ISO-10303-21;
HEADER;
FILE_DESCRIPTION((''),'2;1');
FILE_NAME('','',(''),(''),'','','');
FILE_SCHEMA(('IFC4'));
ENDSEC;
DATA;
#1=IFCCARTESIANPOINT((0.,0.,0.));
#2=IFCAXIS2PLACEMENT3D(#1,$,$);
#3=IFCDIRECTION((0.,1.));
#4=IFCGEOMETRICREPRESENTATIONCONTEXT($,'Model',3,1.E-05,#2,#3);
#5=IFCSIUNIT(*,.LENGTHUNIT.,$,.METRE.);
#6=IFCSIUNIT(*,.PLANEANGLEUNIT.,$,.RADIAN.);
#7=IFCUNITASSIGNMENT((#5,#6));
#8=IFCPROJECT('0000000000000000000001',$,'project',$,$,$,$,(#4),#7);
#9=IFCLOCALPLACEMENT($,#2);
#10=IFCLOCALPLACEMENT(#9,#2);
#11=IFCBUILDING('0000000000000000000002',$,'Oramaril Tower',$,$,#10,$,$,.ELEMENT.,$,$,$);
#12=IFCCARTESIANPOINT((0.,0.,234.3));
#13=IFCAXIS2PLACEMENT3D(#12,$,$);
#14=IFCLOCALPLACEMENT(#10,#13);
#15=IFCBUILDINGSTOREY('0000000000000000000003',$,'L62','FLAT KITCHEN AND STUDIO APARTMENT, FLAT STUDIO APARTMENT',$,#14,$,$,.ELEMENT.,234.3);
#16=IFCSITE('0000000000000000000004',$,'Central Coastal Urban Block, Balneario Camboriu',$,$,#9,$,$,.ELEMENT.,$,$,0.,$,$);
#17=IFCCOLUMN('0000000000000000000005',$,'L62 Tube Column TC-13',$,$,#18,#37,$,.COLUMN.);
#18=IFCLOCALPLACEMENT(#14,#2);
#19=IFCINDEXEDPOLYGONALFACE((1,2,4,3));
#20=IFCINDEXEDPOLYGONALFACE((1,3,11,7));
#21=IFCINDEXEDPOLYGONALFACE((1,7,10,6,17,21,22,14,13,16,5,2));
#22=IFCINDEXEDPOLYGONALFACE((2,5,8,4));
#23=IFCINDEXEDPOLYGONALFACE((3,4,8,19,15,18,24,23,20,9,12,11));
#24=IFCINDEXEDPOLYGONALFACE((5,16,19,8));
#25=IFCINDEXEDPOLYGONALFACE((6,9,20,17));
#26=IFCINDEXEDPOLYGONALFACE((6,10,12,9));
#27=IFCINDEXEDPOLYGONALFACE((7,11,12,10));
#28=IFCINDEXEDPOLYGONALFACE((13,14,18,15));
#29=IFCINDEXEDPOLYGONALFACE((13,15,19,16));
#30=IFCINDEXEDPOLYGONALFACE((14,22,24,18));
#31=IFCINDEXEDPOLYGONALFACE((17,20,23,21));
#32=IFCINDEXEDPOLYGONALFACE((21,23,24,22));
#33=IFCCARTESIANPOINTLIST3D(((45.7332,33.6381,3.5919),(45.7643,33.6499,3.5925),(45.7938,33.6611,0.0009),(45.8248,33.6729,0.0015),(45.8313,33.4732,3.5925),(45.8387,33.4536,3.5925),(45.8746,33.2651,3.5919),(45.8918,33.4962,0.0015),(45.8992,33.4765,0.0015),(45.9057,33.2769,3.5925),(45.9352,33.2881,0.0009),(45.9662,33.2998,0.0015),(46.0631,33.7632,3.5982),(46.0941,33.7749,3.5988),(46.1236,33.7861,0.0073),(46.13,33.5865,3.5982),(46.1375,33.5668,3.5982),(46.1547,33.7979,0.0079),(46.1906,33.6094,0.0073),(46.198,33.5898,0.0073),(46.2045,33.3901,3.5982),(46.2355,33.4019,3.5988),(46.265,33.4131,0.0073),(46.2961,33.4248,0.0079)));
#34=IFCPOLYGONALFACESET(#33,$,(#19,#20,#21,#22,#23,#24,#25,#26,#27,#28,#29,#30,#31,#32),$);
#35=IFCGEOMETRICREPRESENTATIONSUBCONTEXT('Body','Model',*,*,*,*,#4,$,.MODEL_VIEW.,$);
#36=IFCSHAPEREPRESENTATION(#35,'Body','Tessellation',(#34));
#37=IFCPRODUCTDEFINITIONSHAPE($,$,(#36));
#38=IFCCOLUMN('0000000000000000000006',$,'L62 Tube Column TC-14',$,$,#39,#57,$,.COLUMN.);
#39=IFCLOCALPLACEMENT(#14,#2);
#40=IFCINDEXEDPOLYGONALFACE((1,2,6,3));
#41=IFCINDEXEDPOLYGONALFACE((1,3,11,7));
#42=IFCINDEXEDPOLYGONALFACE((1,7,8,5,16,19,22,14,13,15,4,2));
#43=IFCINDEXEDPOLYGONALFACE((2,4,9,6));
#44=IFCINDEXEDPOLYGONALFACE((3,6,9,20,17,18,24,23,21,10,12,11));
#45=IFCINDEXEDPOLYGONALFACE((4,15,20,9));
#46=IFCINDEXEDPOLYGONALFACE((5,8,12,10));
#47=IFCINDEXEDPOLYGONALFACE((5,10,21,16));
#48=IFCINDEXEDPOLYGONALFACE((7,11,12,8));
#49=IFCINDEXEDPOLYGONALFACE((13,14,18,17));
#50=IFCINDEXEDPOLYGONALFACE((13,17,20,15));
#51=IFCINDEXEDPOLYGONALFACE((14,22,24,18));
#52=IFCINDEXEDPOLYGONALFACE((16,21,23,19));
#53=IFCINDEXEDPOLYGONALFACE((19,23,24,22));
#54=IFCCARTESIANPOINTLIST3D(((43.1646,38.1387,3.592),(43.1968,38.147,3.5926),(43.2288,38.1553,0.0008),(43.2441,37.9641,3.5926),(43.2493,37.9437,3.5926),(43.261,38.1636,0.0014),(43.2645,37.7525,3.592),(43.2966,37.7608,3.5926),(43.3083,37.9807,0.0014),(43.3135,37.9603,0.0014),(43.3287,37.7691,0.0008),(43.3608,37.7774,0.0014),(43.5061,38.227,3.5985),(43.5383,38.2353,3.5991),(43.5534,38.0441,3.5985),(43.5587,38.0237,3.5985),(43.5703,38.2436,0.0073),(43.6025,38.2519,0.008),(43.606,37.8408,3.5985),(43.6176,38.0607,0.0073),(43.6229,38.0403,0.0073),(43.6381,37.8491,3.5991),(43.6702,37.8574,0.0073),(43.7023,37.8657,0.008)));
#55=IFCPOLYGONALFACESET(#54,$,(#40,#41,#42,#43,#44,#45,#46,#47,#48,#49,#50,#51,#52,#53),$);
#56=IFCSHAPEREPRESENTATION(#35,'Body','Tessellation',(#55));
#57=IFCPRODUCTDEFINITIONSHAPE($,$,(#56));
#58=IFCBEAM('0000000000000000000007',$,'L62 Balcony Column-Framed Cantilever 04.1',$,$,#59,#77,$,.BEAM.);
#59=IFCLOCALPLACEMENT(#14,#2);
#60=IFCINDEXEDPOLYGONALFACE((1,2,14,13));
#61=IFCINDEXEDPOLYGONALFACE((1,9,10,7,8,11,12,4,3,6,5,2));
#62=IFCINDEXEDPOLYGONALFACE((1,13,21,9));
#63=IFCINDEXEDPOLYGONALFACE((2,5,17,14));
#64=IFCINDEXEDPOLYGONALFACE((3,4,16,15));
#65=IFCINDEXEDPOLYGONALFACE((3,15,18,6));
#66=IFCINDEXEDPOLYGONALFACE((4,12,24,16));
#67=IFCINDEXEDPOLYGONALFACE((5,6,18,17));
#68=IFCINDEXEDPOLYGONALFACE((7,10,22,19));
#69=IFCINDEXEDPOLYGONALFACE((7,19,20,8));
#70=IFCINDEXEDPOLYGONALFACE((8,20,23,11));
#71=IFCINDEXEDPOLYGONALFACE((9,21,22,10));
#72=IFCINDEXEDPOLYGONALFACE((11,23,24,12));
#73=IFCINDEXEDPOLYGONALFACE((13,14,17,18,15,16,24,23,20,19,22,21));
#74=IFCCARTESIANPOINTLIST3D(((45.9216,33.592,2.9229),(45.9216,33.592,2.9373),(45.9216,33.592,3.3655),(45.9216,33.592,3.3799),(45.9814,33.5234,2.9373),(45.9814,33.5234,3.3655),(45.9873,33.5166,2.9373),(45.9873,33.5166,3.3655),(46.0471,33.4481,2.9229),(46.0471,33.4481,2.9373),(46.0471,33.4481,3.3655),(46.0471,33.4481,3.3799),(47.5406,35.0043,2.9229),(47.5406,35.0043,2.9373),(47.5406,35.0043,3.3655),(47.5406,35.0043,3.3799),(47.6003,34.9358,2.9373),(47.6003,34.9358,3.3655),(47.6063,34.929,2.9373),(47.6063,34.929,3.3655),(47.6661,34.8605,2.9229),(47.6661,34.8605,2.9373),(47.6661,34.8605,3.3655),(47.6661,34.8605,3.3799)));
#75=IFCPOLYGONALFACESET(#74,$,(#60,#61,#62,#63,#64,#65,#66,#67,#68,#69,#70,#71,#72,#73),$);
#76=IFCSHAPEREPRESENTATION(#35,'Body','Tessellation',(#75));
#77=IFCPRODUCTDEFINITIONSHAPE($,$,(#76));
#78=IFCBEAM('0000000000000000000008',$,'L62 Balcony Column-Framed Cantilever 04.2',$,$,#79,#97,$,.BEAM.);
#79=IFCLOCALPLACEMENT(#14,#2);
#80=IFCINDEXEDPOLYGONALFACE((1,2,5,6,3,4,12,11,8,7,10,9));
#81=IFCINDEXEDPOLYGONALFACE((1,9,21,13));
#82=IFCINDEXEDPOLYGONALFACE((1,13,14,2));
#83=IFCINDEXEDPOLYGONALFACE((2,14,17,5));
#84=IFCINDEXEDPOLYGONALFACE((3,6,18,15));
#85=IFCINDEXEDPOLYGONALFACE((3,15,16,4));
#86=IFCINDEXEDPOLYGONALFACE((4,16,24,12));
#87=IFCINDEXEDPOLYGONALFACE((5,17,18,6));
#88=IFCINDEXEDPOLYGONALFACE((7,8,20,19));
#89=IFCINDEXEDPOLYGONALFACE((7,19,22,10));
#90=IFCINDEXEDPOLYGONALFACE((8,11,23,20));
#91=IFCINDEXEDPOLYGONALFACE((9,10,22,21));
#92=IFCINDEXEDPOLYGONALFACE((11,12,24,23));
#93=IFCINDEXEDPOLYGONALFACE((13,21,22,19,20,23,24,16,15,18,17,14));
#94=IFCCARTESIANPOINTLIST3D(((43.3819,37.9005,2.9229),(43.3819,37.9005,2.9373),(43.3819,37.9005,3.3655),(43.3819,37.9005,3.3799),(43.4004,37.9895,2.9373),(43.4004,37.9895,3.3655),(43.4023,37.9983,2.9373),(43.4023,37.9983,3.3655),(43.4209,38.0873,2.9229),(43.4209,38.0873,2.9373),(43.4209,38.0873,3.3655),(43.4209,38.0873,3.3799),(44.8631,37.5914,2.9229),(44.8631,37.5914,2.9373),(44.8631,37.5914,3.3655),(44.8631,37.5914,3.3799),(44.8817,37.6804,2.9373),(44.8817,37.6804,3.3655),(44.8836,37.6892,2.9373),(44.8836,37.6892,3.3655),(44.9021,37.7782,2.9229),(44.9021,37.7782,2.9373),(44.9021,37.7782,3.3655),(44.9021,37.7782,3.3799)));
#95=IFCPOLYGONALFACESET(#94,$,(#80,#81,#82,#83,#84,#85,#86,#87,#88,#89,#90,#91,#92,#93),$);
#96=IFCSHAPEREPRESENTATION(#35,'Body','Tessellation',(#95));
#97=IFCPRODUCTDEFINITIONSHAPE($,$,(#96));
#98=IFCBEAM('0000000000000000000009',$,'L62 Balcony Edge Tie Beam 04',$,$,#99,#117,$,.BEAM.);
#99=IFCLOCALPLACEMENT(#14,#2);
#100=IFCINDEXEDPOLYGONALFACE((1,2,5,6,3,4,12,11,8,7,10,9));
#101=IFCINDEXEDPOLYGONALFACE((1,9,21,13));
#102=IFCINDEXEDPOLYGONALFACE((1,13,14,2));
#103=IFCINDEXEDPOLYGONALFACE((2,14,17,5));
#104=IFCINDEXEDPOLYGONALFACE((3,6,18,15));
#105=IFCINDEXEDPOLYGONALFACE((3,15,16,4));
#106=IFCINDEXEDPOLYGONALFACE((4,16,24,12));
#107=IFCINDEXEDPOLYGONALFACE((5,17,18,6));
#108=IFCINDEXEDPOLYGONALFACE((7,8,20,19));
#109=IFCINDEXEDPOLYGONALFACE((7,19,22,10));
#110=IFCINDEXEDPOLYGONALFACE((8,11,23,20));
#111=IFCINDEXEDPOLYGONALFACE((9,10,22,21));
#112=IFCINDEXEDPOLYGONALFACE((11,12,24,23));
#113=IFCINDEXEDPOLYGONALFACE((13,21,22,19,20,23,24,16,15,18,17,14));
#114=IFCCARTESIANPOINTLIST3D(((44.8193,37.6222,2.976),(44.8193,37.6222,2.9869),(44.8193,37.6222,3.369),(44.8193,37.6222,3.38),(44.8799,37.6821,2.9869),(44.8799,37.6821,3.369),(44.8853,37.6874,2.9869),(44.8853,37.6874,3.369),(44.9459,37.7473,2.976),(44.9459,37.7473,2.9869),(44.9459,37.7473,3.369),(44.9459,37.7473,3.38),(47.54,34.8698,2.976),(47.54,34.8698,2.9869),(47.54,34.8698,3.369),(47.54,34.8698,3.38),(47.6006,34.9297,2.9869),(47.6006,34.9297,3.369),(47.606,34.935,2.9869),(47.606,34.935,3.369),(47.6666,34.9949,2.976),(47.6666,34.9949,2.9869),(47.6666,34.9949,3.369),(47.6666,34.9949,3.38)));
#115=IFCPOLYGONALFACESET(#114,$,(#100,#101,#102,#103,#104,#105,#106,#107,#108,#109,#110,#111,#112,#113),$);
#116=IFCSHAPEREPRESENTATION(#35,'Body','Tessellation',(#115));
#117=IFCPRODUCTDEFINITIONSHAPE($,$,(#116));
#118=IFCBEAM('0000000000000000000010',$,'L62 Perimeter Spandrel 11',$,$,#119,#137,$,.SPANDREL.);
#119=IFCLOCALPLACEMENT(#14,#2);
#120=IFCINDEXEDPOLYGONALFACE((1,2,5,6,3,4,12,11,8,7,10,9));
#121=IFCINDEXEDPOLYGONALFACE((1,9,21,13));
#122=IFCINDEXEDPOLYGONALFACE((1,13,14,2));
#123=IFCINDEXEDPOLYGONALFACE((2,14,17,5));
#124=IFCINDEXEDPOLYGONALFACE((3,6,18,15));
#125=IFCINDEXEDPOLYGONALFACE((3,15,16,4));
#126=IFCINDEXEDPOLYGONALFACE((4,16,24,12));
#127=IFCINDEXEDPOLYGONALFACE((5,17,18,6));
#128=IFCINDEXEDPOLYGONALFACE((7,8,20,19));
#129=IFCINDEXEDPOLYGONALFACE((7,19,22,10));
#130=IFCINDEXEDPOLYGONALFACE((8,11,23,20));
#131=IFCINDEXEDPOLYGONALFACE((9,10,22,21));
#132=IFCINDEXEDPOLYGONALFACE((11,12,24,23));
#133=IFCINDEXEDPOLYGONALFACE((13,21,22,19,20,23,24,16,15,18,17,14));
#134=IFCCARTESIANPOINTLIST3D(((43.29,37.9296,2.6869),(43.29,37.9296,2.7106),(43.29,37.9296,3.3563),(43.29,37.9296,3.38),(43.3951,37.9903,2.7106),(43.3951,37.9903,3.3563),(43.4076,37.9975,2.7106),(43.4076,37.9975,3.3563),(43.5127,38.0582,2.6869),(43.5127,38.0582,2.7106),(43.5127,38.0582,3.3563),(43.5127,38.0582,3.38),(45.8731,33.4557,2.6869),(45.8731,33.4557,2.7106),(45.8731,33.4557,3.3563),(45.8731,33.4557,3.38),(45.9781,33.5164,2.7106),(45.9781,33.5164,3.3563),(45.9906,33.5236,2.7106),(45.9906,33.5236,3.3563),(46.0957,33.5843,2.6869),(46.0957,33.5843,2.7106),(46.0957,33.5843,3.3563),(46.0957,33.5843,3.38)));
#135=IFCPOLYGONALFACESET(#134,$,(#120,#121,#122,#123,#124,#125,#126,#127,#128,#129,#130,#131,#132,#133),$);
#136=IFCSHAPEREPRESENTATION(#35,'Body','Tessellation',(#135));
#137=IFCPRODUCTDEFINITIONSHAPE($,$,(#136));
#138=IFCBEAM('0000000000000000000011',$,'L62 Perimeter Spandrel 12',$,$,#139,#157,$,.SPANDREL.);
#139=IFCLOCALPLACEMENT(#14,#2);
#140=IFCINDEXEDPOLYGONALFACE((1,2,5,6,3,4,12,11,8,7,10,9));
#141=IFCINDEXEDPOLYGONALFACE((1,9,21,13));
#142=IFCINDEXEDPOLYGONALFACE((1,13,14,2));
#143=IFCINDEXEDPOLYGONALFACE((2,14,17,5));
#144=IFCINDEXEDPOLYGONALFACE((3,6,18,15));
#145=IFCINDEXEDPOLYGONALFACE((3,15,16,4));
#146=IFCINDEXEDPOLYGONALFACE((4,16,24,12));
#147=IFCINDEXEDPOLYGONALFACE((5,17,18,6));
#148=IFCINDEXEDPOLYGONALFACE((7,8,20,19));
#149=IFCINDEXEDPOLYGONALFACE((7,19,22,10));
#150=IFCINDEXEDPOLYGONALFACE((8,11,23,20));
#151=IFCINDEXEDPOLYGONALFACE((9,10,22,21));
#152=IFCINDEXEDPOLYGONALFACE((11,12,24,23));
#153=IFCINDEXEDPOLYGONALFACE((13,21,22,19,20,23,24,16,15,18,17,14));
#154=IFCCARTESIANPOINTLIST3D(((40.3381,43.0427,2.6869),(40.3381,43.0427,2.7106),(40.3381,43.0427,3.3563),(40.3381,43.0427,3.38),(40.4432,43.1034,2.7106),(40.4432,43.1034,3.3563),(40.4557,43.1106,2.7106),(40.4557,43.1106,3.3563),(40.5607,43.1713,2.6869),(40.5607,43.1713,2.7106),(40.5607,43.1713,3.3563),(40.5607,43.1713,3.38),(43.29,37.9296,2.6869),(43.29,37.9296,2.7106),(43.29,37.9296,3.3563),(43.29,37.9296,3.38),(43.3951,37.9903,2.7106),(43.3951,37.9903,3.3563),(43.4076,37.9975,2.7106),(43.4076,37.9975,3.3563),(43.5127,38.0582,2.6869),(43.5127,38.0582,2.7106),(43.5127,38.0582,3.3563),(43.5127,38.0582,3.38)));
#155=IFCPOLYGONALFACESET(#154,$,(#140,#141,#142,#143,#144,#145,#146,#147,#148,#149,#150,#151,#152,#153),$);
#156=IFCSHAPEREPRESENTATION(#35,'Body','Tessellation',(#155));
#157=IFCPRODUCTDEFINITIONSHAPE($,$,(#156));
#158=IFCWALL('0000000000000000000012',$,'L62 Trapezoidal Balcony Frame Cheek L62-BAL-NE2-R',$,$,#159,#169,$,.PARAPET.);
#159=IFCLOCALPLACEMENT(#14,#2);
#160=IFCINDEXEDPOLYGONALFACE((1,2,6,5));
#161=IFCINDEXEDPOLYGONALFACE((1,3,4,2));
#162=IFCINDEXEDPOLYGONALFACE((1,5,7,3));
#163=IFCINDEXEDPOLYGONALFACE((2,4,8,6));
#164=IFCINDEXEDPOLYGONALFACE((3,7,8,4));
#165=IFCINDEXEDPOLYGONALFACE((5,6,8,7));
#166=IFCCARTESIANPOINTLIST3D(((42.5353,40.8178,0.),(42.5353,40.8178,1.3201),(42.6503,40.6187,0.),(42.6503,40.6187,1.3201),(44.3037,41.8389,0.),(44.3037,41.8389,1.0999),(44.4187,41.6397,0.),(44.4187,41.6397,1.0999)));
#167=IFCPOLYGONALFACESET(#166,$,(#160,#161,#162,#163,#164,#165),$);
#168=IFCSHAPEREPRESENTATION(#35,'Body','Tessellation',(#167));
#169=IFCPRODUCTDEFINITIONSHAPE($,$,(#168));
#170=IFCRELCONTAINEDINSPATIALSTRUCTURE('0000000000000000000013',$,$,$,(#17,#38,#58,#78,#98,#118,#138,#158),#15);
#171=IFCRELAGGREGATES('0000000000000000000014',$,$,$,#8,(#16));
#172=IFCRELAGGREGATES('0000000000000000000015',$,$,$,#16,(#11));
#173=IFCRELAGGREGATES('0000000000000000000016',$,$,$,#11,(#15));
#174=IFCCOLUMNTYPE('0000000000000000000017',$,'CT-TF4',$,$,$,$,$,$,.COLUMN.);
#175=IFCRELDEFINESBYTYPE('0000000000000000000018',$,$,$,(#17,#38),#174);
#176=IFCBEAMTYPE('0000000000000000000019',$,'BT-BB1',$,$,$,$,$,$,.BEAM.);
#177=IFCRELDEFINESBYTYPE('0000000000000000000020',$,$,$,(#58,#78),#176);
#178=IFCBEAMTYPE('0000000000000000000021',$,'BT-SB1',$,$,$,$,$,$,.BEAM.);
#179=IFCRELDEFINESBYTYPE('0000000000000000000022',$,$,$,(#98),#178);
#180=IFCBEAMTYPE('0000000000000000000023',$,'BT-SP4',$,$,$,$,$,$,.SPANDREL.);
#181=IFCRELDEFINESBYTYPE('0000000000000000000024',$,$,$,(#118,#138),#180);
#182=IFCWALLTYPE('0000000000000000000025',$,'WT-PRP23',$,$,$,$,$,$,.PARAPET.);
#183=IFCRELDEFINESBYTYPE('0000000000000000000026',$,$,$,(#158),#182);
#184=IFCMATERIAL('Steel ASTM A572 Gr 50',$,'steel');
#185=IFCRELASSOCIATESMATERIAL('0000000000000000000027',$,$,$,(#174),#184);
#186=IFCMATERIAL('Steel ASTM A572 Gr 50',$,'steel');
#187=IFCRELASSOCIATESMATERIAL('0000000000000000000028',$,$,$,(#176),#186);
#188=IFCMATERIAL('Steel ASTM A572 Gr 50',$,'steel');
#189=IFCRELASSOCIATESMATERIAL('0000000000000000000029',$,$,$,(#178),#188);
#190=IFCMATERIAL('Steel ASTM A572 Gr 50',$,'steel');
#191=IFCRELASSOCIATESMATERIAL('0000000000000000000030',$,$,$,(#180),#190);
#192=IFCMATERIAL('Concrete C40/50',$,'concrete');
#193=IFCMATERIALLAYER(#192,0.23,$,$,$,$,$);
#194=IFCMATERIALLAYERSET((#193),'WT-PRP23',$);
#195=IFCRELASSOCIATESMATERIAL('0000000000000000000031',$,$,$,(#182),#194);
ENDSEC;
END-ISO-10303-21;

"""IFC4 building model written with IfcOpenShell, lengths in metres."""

from ifc_helpers import new_model, si_unit, direction, frame, origin, origin_2d, place, context, subcontext, project, spatial, polyline, i_section, outline, extrude, material, layer, layer_set, material_profile, profile_set, type_object, element, save


model = new_model("IFC4")

# Units and contexts
model_context = context("Model", 3, precision=1e-05, world=origin(), true_north=direction((0.0, 1.0)))
body_context = subcontext(model_context, "Body", "Model", "MODEL_VIEW")
ifc_project = project(units=[si_unit("LENGTHUNIT", "METRE"), si_unit("PLANEANGLEUNIT", "RADIAN")], contexts=[model_context])

# Site, building, storey
site_placement = place(None, origin())
site = spatial("IfcSite", under=ifc_project, at=site_placement, Name="Central Coastal Urban Block, Balneario Camboriu", CompositionType="ELEMENT", RefElevation=0.0)
building_placement = place(site_placement, origin())
building = spatial("IfcBuilding", under=site, at=building_placement, Name="Oramaril Tower", CompositionType="ELEMENT")
storey_placement = place(building_placement, frame((0.0, 0.0, 234.3)))
storey = spatial("IfcBuildingStorey", under=building, at=storey_placement, Name="L62", Description="FLAT KITCHEN AND STUDIO APARTMENT, FLAT STUDIO APARTMENT", CompositionType="ELEMENT", Elevation=234.3)

# Columns
ifc_material_1 = material(Name="Steel ASTM A572 Gr 50", Category="steel")
ifc_material_profile_1 = material_profile(ifc_material_1, i_section(OverallWidth=0.3989, OverallDepth=0.386, WebThickness=0.021, FlangeThickness=0.0332, at=origin_2d()), Name="W14X176")
ifc_profile_set_1 = profile_set([ifc_material_profile_1], Name="Steel ASTM A572 Gr 50")
column_type = type_object("IfcColumnType", Name="CT-TF4", PredefinedType="COLUMN", material=ifc_profile_set_1)
column_1_placement = place(storey_placement, frame((46.0449, 33.543, 0.0044), z_axis=(-0.016858, -0.00639, 0.999837), x_axis=(0.354427, -0.935084, 0.0)))
element("IfcColumn", 1, at=column_1_placement, inside=storey, type_object=column_type, Name="L62 Tube Column TC-13", PredefinedType="COLUMN", context=body_context, shape_type="SweptSolid", body=[
    extrude(i_section(OverallWidth=0.3989, OverallDepth=0.386, WebThickness=0.021, FlangeThickness=0.0332, at=origin_2d()), origin(), (0.0, 0.0, 1.0), 3.5916),
])
column_2_placement = place(storey_placement, frame((43.4656, 38.0105, 0.0044), z_axis=(-0.017877, -0.004622, 0.99983), x_axis=(0.250323, -0.968162, 0.0)))
element("IfcColumn", 2, at=column_2_placement, inside=storey, type_object=column_type, Name="L62 Tube Column TC-14", PredefinedType="COLUMN", context=body_context, shape_type="SweptSolid", body=[
    extrude(i_section(OverallWidth=0.3989, OverallDepth=0.386, WebThickness=0.021, FlangeThickness=0.0332, at=origin_2d()), origin(), (0.0, 0.0, 1.0), 3.5918),
])

# Beams
ifc_material_2 = material(Name="Steel ASTM A572 Gr 50", Category="steel")
ifc_material_profile_2 = material_profile(ifc_material_2, i_section(OverallWidth=0.1909, OverallDepth=0.457, WebThickness=0.009, FlangeThickness=0.0144, at=origin_2d()), Name="W18X50")
ifc_profile_set_2 = profile_set([ifc_material_profile_2], Name="Steel ASTM A572 Gr 50")
beam_type_1 = type_object("IfcBeamType", Name="BT-BB1", PredefinedType="BEAM", material=ifc_profile_set_2)
beam_1_placement = place(storey_placement, frame((45.9844, 33.52, 3.1514), z_axis=(0.75354, 0.657402, 0.0), x_axis=(-0.657402, 0.75354, 0.0)))
element("IfcBeam", 3, at=beam_1_placement, inside=storey, type_object=beam_type_1, Name="L62 Balcony Column-Framed Cantilever 04.1", PredefinedType="BEAM", context=body_context, shape_type="SweptSolid", body=[
    extrude(i_section(OverallWidth=0.1909, OverallDepth=0.457, WebThickness=0.009, FlangeThickness=0.0144, at=origin_2d()), origin(), (0.0, 0.0, 1.0), 2.1484),
])
beam_2_placement = place(storey_placement, frame((43.4014, 37.9939, 3.1514), z_axis=(0.978915, -0.20427, 0.0), x_axis=(0.20427, 0.978915, 0.0)))
element("IfcBeam", 4, at=beam_2_placement, inside=storey, type_object=beam_type_1, Name="L62 Balcony Column-Framed Cantilever 04.2", PredefinedType="BEAM", context=body_context, shape_type="SweptSolid", body=[
    extrude(i_section(OverallWidth=0.1909, OverallDepth=0.457, WebThickness=0.009, FlangeThickness=0.0144, at=origin_2d()), origin(), (0.0, 0.0, 1.0), 1.5132),
])
ifc_material_3 = material(Name="Steel ASTM A572 Gr 50", Category="steel")
ifc_material_profile_3 = material_profile(ifc_material_3, i_section(OverallWidth=0.178, OverallDepth=0.4041, WebThickness=0.0076, FlangeThickness=0.011, at=origin_2d()), Name="W16X36")
ifc_profile_set_3 = profile_set([ifc_material_profile_3], Name="Steel ASTM A572 Gr 50")
beam_type_2 = type_object("IfcBeamType", Name="BT-SB1", PredefinedType="BEAM", material=ifc_profile_set_3)
beam_3_placement = place(storey_placement, frame((47.6033, 34.9324, 3.178), z_axis=(-0.702995, 0.711195, 0.0), x_axis=(-0.711195, -0.702995, 0.0)))
element("IfcBeam", 5, at=beam_3_placement, inside=storey, type_object=beam_type_2, Name="L62 Balcony Edge Tie Beam 04", PredefinedType="BEAM", context=body_context, shape_type="SweptSolid", body=[
    extrude(i_section(OverallWidth=0.178, OverallDepth=0.4041, WebThickness=0.0076, FlangeThickness=0.011, at=origin_2d()), origin(), (0.0, 0.0, 1.0), 3.8701),
])
ifc_material_4 = material(Name="Steel ASTM A572 Gr 50", Category="steel")
ifc_material_profile_4 = material_profile(ifc_material_4, i_section(OverallWidth=0.2571, OverallDepth=0.6931, WebThickness=0.0144, FlangeThickness=0.0237, at=origin_2d()), Name="W27X114")
ifc_profile_set_4 = profile_set([ifc_material_profile_4], Name="Steel ASTM A572 Gr 50")
beam_type_3 = type_object("IfcBeamType", Name="BT-SP4", PredefinedType="SPANDREL", material=ifc_profile_set_4)
beam_4_placement = place(storey_placement, frame((45.9844, 33.52, 3.0334), z_axis=(-0.500002, 0.866024, 0.0), x_axis=(-0.866024, -0.500002, 0.0)))
element("IfcBeam", 6, at=beam_4_placement, inside=storey, type_object=beam_type_3, Name="L62 Perimeter Spandrel 11", PredefinedType="SPANDREL", context=body_context, shape_type="SweptSolid", body=[
    extrude(i_section(OverallWidth=0.2571, OverallDepth=0.6931, WebThickness=0.0144, FlangeThickness=0.0237, at=origin_2d()), origin(), (0.0, 0.0, 1.0), 5.166),
])
beam_5_placement = place(storey_placement, frame((43.4014, 37.9939, 3.0334), z_axis=(-0.499986, 0.866033, 0.0), x_axis=(-0.866033, -0.499986, 0.0)))
element("IfcBeam", 7, at=beam_5_placement, inside=storey, type_object=beam_type_3, Name="L62 Perimeter Spandrel 12", PredefinedType="SPANDREL", context=body_context, shape_type="SweptSolid", body=[
    extrude(i_section(OverallWidth=0.2571, OverallDepth=0.6931, WebThickness=0.0144, FlangeThickness=0.0237, at=origin_2d()), origin(), (0.0, 0.0, 1.0), 5.9041),
])

# Wall
ifc_material_5 = material(Name="Concrete C40/50", Category="concrete")
ifc_layer_1 = layer(ifc_material_5, 0.23)
ifc_layer_set_1 = layer_set([ifc_layer_1], Name="WT-PRP23")
wall_type = type_object("IfcWallType", Name="WT-PRP23", PredefinedType="PARAPET", material=ifc_layer_set_1)
wall_placement = place(storey_placement, frame((42.5928, 40.7183, 0.0), z_axis=(0.0, 0.0, 1.0), x_axis=(0.866012, 0.500023, 0.0)))
element("IfcWall", 8, at=wall_placement, inside=storey, type_object=wall_type, Name="L62 Trapezoidal Balcony Frame Cheek L62-BAL-NE2-R", PredefinedType="PARAPET", context=body_context, shape_type="SweptSolid", body=[
    extrude(outline(polyline([(0.0, 0.0), (2.042, 0.0), (2.042, 1.0999), (0.0, 1.3201), (0.0, 0.0)])), frame((0.0, 0.115, 0.0), z_axis=(0.0, -1.0, 0.0), x_axis=(1.0, 0.0, 0.0)), (0.0, 0.0, 1.0), 0.23),
])

save(model, "model.ifc")
